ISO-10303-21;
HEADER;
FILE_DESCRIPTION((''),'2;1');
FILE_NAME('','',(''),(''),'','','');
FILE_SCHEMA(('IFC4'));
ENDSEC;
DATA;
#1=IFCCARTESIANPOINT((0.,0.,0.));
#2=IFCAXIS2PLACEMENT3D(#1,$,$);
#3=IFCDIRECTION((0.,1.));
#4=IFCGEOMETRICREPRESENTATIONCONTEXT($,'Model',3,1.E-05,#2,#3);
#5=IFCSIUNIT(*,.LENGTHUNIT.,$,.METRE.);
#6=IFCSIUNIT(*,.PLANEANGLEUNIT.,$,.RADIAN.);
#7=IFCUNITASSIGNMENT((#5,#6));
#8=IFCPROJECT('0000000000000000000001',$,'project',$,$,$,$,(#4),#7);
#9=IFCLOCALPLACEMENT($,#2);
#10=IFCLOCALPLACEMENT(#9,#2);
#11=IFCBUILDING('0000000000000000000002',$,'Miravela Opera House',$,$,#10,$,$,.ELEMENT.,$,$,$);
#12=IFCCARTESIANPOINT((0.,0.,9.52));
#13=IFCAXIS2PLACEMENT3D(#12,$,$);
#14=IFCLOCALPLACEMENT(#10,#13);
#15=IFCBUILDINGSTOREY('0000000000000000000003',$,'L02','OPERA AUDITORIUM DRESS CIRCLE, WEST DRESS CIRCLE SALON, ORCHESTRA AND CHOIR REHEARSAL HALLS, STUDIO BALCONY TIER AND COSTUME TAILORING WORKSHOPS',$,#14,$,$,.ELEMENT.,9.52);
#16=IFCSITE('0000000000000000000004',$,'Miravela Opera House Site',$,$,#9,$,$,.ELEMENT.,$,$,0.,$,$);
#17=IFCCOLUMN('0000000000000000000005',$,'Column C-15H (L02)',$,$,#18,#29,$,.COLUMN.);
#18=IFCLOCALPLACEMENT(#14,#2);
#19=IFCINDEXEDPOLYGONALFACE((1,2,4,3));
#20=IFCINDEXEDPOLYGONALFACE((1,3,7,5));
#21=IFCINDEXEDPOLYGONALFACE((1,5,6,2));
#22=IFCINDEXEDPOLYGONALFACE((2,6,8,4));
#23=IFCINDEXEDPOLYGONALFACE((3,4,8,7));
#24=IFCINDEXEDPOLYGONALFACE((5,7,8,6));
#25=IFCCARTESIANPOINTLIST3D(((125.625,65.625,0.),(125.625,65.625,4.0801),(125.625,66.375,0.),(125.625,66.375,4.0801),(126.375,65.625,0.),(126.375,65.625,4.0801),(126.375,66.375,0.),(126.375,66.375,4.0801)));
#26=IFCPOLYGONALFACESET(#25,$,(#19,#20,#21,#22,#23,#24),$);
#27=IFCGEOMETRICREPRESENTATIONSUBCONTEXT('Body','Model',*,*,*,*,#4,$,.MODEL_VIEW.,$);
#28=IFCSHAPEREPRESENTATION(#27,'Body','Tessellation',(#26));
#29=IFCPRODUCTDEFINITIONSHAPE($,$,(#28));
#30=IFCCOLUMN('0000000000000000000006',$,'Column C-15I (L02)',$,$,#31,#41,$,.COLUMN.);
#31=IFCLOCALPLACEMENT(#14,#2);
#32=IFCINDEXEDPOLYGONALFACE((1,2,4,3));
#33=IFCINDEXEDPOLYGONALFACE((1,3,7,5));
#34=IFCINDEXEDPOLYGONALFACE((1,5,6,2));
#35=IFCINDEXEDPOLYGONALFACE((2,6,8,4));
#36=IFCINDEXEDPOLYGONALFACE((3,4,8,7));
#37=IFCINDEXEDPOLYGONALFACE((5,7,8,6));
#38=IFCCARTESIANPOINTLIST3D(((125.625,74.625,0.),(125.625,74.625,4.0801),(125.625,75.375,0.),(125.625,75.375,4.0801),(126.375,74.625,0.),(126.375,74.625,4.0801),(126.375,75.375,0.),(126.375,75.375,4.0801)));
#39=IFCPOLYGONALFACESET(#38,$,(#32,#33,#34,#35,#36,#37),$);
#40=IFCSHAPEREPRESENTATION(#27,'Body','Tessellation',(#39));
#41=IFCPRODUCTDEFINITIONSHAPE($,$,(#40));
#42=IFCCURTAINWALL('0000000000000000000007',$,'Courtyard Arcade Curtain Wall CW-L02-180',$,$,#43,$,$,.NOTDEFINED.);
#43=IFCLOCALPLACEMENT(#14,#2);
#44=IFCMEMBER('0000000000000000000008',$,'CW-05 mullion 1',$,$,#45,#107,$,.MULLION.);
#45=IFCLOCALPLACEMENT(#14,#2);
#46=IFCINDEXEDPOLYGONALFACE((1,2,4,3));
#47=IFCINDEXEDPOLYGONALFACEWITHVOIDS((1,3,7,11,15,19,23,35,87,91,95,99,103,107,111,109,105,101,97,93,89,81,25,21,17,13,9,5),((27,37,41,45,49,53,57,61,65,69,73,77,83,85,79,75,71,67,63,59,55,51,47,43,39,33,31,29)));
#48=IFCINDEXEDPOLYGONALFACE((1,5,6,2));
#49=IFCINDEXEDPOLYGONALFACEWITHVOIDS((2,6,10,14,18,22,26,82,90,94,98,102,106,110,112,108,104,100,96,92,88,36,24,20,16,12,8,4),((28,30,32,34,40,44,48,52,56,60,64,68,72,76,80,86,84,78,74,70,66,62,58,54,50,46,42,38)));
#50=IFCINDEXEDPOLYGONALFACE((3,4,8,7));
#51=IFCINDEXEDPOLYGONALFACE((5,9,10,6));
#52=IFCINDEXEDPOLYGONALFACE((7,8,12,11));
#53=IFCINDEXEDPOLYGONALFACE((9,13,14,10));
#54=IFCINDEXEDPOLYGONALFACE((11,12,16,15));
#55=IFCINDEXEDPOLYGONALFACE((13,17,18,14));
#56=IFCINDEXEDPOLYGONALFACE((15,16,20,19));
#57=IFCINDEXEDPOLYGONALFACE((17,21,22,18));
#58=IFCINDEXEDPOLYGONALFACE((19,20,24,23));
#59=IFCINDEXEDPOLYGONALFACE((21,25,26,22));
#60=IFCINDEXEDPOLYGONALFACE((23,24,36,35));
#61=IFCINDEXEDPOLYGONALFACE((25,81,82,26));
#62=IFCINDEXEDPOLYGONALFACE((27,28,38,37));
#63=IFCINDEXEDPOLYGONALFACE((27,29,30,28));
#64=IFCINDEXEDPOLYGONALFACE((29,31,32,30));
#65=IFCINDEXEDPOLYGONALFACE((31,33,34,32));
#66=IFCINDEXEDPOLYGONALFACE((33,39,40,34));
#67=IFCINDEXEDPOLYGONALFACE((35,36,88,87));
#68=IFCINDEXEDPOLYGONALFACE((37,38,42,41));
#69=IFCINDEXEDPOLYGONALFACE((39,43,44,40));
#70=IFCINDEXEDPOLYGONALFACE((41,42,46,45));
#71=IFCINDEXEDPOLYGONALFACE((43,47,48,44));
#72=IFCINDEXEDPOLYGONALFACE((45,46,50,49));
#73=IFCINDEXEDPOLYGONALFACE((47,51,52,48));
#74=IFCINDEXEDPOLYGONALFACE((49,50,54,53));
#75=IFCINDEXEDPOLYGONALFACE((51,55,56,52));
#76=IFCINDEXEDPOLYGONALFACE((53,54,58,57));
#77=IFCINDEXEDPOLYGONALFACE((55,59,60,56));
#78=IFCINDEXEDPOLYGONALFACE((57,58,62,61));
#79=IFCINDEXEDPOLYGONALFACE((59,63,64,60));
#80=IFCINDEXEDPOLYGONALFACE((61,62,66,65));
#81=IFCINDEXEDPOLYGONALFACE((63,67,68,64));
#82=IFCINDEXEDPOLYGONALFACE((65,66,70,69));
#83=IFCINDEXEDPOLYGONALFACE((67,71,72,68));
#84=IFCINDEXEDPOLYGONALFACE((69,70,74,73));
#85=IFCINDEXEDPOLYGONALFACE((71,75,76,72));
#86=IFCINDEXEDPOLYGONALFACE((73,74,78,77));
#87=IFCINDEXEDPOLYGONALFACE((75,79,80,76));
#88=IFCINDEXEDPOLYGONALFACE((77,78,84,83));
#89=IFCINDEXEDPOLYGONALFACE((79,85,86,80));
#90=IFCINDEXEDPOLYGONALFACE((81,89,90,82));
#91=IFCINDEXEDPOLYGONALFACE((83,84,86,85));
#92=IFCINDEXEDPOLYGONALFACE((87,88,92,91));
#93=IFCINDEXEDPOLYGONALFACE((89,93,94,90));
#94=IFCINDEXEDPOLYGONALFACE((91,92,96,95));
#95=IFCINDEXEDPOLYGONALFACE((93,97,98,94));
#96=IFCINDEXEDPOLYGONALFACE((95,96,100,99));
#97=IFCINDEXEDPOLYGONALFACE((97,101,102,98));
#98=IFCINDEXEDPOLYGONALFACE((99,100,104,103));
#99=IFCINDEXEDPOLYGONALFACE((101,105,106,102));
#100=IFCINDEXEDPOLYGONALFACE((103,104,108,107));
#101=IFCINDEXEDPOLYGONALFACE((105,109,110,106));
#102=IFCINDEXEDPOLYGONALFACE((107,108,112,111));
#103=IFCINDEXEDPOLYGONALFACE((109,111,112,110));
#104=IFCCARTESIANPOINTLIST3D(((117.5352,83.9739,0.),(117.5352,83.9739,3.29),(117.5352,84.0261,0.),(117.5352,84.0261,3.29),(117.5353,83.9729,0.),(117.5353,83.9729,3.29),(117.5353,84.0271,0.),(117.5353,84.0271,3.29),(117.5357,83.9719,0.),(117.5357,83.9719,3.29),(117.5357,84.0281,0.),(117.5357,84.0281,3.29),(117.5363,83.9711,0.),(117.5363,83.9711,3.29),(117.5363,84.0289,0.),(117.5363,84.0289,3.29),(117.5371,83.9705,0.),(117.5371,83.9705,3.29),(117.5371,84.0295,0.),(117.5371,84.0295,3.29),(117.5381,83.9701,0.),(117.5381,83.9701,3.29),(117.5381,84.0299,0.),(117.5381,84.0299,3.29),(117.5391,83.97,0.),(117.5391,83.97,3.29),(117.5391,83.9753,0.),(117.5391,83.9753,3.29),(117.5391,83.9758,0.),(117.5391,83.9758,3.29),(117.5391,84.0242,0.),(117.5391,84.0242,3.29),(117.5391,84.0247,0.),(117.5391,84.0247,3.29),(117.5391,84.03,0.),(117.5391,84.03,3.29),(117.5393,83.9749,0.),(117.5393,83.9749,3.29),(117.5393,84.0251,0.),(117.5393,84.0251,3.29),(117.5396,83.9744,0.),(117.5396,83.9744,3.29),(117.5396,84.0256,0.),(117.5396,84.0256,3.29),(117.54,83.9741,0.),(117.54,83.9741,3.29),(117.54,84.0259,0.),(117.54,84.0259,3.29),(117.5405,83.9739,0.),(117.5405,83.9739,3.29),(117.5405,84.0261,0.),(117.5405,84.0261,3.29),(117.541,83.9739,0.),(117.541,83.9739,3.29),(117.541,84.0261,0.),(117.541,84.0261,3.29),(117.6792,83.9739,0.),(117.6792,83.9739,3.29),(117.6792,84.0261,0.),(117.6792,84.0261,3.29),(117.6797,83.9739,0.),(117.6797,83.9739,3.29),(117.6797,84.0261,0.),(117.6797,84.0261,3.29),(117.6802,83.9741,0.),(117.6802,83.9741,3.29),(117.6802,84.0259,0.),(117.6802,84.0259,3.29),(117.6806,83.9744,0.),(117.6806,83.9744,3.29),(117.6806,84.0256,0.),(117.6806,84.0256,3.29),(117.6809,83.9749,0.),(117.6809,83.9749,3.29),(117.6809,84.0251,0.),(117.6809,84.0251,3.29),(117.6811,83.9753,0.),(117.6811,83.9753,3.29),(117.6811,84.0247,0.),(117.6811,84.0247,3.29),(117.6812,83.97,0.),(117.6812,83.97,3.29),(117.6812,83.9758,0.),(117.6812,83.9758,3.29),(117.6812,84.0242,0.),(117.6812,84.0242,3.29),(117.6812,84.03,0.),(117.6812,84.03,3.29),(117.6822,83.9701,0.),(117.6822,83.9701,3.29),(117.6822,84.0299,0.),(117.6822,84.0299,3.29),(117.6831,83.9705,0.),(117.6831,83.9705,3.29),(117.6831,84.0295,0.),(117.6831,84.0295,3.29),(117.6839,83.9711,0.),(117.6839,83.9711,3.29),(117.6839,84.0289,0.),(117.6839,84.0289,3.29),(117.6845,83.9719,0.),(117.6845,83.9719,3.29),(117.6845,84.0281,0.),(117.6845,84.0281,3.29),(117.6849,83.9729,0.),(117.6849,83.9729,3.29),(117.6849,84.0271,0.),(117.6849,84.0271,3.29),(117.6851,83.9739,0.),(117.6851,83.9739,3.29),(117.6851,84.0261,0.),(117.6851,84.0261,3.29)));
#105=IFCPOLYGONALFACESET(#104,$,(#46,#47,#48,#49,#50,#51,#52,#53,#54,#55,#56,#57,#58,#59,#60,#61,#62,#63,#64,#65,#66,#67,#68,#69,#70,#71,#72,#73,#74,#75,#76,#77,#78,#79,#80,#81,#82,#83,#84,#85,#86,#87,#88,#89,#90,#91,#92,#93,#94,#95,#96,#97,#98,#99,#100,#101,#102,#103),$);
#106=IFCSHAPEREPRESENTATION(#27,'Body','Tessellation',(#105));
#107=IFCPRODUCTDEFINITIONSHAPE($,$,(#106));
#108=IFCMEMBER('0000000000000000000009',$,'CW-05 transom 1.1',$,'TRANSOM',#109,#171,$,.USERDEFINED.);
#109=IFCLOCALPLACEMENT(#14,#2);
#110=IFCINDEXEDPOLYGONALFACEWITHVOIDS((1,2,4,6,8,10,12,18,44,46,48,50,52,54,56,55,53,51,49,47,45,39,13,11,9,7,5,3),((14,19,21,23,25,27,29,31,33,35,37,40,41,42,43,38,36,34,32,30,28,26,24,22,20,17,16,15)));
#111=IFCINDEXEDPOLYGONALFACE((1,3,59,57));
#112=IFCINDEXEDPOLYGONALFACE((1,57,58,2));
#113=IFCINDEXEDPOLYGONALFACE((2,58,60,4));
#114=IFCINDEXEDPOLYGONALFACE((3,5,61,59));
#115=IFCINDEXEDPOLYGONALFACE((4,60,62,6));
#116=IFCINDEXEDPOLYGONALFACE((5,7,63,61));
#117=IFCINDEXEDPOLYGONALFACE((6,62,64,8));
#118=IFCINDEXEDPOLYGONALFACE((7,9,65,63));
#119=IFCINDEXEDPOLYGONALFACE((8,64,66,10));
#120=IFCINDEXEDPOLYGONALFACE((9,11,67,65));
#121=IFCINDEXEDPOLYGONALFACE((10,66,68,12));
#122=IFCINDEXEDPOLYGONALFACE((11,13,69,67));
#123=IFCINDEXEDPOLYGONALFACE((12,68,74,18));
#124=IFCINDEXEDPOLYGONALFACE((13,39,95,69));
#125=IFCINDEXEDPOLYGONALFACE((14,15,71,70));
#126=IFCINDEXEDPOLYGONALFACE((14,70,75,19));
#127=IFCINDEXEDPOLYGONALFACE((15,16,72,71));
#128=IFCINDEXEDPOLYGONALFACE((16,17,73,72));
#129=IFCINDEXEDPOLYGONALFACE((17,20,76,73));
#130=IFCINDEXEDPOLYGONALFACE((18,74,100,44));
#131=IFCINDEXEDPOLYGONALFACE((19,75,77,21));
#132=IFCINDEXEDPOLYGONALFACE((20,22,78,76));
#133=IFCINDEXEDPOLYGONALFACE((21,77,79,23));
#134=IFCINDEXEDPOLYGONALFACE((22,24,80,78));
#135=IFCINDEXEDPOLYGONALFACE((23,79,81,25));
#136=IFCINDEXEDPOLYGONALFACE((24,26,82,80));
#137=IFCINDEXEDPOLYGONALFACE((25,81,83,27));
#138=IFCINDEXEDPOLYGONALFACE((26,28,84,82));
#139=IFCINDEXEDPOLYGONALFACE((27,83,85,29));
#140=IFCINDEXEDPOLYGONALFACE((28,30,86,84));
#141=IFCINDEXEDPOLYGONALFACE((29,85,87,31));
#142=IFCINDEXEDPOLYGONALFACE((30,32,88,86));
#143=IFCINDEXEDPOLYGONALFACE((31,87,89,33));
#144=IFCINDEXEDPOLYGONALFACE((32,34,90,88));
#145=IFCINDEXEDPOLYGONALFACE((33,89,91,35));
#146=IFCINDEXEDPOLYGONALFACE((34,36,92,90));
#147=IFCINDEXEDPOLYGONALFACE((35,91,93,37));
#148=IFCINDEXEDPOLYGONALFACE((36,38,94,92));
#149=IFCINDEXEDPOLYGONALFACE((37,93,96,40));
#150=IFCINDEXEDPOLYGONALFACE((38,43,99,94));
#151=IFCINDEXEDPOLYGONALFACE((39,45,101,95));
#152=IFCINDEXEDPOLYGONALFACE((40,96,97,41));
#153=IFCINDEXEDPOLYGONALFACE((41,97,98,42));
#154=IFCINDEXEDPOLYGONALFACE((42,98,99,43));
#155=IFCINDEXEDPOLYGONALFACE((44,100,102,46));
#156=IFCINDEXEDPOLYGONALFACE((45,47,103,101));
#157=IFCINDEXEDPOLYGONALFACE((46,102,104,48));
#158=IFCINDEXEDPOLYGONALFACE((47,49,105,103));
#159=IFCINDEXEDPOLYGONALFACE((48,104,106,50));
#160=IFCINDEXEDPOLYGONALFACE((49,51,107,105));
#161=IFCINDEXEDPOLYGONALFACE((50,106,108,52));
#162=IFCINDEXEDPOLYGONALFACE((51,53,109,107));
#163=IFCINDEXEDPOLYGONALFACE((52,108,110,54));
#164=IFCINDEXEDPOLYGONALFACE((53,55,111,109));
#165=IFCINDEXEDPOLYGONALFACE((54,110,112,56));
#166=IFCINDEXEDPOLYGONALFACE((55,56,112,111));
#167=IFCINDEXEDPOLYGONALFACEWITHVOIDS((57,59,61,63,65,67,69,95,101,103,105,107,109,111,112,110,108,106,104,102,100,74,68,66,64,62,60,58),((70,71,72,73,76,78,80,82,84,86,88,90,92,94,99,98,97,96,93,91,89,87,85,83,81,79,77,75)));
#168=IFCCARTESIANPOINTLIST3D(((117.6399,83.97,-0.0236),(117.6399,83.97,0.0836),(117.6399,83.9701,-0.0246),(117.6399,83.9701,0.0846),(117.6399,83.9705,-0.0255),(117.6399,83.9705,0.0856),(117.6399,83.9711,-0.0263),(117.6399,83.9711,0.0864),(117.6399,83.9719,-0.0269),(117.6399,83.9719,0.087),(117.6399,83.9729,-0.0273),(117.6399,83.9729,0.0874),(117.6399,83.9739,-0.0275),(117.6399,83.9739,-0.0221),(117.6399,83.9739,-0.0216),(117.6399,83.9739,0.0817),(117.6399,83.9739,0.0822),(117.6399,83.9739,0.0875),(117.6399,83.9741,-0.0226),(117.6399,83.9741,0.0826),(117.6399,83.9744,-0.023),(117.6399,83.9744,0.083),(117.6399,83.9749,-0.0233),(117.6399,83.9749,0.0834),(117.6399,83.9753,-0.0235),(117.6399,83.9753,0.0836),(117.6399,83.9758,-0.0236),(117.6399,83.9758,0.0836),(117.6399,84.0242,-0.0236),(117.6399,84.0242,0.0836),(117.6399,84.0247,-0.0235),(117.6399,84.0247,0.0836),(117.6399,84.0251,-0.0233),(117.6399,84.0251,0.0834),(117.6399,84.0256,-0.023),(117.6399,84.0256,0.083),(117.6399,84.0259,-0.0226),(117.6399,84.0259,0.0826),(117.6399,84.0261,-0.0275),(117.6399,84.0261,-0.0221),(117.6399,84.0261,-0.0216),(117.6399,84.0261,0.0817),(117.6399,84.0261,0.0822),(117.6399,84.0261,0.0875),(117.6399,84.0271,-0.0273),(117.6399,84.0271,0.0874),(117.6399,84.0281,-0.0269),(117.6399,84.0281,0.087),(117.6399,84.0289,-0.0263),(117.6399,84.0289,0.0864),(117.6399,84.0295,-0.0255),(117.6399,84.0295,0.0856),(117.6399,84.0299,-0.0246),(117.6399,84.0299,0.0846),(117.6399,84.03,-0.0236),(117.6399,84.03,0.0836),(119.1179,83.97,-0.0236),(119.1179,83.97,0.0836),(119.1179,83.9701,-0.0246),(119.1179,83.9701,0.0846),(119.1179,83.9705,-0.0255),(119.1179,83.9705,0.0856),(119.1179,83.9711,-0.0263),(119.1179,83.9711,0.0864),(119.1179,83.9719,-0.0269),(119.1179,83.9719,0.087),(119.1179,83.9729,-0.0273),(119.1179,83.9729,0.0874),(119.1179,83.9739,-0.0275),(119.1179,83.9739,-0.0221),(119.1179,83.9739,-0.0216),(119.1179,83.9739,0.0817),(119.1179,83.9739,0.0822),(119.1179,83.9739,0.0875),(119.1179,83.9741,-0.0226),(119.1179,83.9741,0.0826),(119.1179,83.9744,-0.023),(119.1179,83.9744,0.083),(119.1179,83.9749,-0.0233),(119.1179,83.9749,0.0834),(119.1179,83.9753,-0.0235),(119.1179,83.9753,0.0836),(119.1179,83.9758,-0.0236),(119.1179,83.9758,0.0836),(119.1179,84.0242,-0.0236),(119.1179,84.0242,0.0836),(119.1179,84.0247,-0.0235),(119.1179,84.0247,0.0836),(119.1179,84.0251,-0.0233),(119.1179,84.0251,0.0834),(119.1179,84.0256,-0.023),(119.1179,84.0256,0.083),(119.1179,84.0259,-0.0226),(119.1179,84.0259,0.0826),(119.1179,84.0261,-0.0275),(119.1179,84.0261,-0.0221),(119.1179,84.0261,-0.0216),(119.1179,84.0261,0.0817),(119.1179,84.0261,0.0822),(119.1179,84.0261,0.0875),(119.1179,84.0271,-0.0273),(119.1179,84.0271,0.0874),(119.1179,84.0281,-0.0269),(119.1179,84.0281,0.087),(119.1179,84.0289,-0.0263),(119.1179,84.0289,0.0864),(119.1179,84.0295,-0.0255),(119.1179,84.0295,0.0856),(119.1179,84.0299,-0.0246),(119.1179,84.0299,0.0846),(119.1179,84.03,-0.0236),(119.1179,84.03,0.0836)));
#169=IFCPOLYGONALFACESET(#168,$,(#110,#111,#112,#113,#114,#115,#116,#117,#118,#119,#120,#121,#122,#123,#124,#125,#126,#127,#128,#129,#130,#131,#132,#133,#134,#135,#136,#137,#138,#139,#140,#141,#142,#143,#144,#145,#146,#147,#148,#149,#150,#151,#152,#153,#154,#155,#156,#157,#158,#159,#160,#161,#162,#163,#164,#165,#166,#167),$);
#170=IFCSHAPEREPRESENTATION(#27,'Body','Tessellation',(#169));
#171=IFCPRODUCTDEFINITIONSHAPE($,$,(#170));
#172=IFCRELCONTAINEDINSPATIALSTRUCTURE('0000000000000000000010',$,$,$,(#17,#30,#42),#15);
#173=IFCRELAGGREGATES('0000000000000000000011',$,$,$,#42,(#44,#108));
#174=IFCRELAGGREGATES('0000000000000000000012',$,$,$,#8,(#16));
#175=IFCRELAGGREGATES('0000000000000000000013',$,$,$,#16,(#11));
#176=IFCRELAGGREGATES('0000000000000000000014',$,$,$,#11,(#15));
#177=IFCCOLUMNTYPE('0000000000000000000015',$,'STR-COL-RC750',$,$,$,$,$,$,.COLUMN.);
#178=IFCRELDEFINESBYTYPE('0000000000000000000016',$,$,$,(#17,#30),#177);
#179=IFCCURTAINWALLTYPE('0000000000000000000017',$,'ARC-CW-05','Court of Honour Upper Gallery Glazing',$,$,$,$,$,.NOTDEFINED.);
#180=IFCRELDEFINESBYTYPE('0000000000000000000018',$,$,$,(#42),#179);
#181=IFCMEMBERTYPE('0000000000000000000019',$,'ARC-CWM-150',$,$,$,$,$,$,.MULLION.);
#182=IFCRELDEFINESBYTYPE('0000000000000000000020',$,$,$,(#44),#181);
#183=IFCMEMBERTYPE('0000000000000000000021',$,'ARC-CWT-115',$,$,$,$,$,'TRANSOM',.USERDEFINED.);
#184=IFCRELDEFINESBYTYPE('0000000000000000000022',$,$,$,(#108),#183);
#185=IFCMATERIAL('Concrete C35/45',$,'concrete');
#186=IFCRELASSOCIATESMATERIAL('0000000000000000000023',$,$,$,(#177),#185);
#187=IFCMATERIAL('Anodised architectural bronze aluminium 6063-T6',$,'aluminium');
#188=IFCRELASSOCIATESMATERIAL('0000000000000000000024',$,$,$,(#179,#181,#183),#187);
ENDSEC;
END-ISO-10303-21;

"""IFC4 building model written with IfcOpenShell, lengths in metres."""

from ifc_helpers import new_model, si_unit, direction, frame, origin, origin_2d, place, context, subcontext, project, spatial, rectangle, hollow_rectangle, extrude, material, material_profile, profile_set, type_object, element, aggregate, save


model = new_model("IFC4")

# Units and contexts
model_context = context("Model", 3, precision=1e-05, world=origin(), true_north=direction((0.0, 1.0)))
body_context = subcontext(model_context, "Body", "Model", "MODEL_VIEW")
ifc_project = project(units=[si_unit("LENGTHUNIT", "METRE"), si_unit("PLANEANGLEUNIT", "RADIAN")], contexts=[model_context])

# Site, building, storey
site_placement = place(None, origin())
site = spatial("IfcSite", under=ifc_project, at=site_placement, Name="Miravela Opera House Site", CompositionType="ELEMENT", RefElevation=0.0)
building_placement = place(site_placement, origin())
building = spatial("IfcBuilding", under=site, at=building_placement, Name="Miravela Opera House", CompositionType="ELEMENT")
storey_placement = place(building_placement, frame((0.0, 0.0, 9.52)))
storey = spatial("IfcBuildingStorey", under=building, at=storey_placement, Name="L02", Description="OPERA AUDITORIUM DRESS CIRCLE, WEST DRESS CIRCLE SALON, ORCHESTRA AND CHOIR REHEARSAL HALLS, STUDIO BALCONY TIER AND COSTUME TAILORING WORKSHOPS", CompositionType="ELEMENT", Elevation=9.52)

# Columns
ifc_material_1 = material(Name="Concrete C35/45", Category="concrete")
ifc_material_profile_1 = material_profile(ifc_material_1, rectangle(XDim=0.75, YDim=0.75, at=origin_2d()), Name="RC-COL-750X750")
ifc_profile_set_1 = profile_set([ifc_material_profile_1])
column_type = type_object("IfcColumnType", Name="STR-COL-RC750", PredefinedType="COLUMN", material=ifc_profile_set_1)
for number, where, z_axis, x_axis, name in (
    (1, (126.0, 66.0, 0.0), (0.0, 0.0, 1.0), (1.0, 0.0, 0.0), "Column C-15H (L02)"),
    (2, (126.0, 75.0, 0.0), (0.0, 0.0, 1.0), (1.0, 0.0, 0.0), "Column C-15I (L02)"),
):
    element("IfcColumn", number, at=place(storey_placement, frame(where, z_axis=z_axis, x_axis=x_axis)), inside=storey, type_object=column_type, Name=name, PredefinedType="COLUMN", context=body_context, shape_type="SweptSolid", body=[
        extrude(rectangle(XDim=0.75, YDim=0.75, at=origin_2d()), origin(), (0.0, 0.0, 1.0), 4.0801),
    ])

# Curtain wall, members
ifc_material_2 = material(Name="Anodised architectural bronze aluminium 6063-T6", Category="aluminium")
curtain_wall_type = type_object("IfcCurtainWallType", Name="ARC-CW-05", Description="Court of Honour Upper Gallery Glazing", PredefinedType="NOTDEFINED", material=ifc_material_2)
curtain_wall_placement = place(storey_placement, origin())
curtain_wall = element("IfcCurtainWall", 3, at=curtain_wall_placement, inside=storey, type_object=curtain_wall_type, Name="Courtyard Arcade Curtain Wall CW-L02-180", PredefinedType="NOTDEFINED")
ifc_material_profile_2 = material_profile(ifc_material_2, hollow_rectangle(XDim=0.0601, YDim=0.1499, WallThickness=0.0039, InnerFilletRadius=0.002, OuterFilletRadius=0.0039, at=origin_2d()), Name="CWM-60X150")
ifc_profile_set_2 = profile_set([ifc_material_profile_2])
member_type_1 = type_object("IfcMemberType", Name="ARC-CWM-150", PredefinedType="MULLION", material=ifc_profile_set_2)
member_1_placement = place(storey_placement, frame((117.6101, 84.0, 0.0), z_axis=(0.0, 0.0, 1.0), x_axis=(0.0, 1.0, 0.0)))
member_1 = element("IfcMember", 4, at=member_1_placement, type_object=member_type_1, Name="CW-05 mullion 1", PredefinedType="MULLION", context=body_context, shape_type="SweptSolid", body=[
    extrude(hollow_rectangle(XDim=0.0601, YDim=0.1499, WallThickness=0.0039, InnerFilletRadius=0.002, OuterFilletRadius=0.0039, at=origin_2d()), origin(), (0.0, 0.0, 1.0), 3.29),
])
ifc_material_profile_3 = material_profile(ifc_material_2, hollow_rectangle(XDim=0.0601, YDim=0.115, WallThickness=0.0039, InnerFilletRadius=0.002, OuterFilletRadius=0.0039, at=origin_2d()), Name="CWT-60X115")
ifc_profile_set_3 = profile_set([ifc_material_profile_3])
member_type_2 = type_object("IfcMemberType", Name="ARC-CWT-115", ElementType="TRANSOM", PredefinedType="USERDEFINED", material=ifc_profile_set_3)
member_2_placement = place(storey_placement, frame((117.6399, 84.0, 0.03), z_axis=(1.0, 0.0, 0.0), x_axis=(0.0, 1.0, 0.0)))
member_2 = element("IfcMember", 5, at=member_2_placement, type_object=member_type_2, Name="CW-05 transom 1.1", ObjectType="TRANSOM", PredefinedType="USERDEFINED", context=body_context, shape_type="SweptSolid", body=[
    extrude(hollow_rectangle(XDim=0.0601, YDim=0.115, WallThickness=0.0039, InnerFilletRadius=0.002, OuterFilletRadius=0.0039, at=origin_2d()), origin(), (0.0, 0.0, 1.0), 1.478),
])
aggregate(curtain_wall, [member_1, member_2])

save(model, "model.ifc")
